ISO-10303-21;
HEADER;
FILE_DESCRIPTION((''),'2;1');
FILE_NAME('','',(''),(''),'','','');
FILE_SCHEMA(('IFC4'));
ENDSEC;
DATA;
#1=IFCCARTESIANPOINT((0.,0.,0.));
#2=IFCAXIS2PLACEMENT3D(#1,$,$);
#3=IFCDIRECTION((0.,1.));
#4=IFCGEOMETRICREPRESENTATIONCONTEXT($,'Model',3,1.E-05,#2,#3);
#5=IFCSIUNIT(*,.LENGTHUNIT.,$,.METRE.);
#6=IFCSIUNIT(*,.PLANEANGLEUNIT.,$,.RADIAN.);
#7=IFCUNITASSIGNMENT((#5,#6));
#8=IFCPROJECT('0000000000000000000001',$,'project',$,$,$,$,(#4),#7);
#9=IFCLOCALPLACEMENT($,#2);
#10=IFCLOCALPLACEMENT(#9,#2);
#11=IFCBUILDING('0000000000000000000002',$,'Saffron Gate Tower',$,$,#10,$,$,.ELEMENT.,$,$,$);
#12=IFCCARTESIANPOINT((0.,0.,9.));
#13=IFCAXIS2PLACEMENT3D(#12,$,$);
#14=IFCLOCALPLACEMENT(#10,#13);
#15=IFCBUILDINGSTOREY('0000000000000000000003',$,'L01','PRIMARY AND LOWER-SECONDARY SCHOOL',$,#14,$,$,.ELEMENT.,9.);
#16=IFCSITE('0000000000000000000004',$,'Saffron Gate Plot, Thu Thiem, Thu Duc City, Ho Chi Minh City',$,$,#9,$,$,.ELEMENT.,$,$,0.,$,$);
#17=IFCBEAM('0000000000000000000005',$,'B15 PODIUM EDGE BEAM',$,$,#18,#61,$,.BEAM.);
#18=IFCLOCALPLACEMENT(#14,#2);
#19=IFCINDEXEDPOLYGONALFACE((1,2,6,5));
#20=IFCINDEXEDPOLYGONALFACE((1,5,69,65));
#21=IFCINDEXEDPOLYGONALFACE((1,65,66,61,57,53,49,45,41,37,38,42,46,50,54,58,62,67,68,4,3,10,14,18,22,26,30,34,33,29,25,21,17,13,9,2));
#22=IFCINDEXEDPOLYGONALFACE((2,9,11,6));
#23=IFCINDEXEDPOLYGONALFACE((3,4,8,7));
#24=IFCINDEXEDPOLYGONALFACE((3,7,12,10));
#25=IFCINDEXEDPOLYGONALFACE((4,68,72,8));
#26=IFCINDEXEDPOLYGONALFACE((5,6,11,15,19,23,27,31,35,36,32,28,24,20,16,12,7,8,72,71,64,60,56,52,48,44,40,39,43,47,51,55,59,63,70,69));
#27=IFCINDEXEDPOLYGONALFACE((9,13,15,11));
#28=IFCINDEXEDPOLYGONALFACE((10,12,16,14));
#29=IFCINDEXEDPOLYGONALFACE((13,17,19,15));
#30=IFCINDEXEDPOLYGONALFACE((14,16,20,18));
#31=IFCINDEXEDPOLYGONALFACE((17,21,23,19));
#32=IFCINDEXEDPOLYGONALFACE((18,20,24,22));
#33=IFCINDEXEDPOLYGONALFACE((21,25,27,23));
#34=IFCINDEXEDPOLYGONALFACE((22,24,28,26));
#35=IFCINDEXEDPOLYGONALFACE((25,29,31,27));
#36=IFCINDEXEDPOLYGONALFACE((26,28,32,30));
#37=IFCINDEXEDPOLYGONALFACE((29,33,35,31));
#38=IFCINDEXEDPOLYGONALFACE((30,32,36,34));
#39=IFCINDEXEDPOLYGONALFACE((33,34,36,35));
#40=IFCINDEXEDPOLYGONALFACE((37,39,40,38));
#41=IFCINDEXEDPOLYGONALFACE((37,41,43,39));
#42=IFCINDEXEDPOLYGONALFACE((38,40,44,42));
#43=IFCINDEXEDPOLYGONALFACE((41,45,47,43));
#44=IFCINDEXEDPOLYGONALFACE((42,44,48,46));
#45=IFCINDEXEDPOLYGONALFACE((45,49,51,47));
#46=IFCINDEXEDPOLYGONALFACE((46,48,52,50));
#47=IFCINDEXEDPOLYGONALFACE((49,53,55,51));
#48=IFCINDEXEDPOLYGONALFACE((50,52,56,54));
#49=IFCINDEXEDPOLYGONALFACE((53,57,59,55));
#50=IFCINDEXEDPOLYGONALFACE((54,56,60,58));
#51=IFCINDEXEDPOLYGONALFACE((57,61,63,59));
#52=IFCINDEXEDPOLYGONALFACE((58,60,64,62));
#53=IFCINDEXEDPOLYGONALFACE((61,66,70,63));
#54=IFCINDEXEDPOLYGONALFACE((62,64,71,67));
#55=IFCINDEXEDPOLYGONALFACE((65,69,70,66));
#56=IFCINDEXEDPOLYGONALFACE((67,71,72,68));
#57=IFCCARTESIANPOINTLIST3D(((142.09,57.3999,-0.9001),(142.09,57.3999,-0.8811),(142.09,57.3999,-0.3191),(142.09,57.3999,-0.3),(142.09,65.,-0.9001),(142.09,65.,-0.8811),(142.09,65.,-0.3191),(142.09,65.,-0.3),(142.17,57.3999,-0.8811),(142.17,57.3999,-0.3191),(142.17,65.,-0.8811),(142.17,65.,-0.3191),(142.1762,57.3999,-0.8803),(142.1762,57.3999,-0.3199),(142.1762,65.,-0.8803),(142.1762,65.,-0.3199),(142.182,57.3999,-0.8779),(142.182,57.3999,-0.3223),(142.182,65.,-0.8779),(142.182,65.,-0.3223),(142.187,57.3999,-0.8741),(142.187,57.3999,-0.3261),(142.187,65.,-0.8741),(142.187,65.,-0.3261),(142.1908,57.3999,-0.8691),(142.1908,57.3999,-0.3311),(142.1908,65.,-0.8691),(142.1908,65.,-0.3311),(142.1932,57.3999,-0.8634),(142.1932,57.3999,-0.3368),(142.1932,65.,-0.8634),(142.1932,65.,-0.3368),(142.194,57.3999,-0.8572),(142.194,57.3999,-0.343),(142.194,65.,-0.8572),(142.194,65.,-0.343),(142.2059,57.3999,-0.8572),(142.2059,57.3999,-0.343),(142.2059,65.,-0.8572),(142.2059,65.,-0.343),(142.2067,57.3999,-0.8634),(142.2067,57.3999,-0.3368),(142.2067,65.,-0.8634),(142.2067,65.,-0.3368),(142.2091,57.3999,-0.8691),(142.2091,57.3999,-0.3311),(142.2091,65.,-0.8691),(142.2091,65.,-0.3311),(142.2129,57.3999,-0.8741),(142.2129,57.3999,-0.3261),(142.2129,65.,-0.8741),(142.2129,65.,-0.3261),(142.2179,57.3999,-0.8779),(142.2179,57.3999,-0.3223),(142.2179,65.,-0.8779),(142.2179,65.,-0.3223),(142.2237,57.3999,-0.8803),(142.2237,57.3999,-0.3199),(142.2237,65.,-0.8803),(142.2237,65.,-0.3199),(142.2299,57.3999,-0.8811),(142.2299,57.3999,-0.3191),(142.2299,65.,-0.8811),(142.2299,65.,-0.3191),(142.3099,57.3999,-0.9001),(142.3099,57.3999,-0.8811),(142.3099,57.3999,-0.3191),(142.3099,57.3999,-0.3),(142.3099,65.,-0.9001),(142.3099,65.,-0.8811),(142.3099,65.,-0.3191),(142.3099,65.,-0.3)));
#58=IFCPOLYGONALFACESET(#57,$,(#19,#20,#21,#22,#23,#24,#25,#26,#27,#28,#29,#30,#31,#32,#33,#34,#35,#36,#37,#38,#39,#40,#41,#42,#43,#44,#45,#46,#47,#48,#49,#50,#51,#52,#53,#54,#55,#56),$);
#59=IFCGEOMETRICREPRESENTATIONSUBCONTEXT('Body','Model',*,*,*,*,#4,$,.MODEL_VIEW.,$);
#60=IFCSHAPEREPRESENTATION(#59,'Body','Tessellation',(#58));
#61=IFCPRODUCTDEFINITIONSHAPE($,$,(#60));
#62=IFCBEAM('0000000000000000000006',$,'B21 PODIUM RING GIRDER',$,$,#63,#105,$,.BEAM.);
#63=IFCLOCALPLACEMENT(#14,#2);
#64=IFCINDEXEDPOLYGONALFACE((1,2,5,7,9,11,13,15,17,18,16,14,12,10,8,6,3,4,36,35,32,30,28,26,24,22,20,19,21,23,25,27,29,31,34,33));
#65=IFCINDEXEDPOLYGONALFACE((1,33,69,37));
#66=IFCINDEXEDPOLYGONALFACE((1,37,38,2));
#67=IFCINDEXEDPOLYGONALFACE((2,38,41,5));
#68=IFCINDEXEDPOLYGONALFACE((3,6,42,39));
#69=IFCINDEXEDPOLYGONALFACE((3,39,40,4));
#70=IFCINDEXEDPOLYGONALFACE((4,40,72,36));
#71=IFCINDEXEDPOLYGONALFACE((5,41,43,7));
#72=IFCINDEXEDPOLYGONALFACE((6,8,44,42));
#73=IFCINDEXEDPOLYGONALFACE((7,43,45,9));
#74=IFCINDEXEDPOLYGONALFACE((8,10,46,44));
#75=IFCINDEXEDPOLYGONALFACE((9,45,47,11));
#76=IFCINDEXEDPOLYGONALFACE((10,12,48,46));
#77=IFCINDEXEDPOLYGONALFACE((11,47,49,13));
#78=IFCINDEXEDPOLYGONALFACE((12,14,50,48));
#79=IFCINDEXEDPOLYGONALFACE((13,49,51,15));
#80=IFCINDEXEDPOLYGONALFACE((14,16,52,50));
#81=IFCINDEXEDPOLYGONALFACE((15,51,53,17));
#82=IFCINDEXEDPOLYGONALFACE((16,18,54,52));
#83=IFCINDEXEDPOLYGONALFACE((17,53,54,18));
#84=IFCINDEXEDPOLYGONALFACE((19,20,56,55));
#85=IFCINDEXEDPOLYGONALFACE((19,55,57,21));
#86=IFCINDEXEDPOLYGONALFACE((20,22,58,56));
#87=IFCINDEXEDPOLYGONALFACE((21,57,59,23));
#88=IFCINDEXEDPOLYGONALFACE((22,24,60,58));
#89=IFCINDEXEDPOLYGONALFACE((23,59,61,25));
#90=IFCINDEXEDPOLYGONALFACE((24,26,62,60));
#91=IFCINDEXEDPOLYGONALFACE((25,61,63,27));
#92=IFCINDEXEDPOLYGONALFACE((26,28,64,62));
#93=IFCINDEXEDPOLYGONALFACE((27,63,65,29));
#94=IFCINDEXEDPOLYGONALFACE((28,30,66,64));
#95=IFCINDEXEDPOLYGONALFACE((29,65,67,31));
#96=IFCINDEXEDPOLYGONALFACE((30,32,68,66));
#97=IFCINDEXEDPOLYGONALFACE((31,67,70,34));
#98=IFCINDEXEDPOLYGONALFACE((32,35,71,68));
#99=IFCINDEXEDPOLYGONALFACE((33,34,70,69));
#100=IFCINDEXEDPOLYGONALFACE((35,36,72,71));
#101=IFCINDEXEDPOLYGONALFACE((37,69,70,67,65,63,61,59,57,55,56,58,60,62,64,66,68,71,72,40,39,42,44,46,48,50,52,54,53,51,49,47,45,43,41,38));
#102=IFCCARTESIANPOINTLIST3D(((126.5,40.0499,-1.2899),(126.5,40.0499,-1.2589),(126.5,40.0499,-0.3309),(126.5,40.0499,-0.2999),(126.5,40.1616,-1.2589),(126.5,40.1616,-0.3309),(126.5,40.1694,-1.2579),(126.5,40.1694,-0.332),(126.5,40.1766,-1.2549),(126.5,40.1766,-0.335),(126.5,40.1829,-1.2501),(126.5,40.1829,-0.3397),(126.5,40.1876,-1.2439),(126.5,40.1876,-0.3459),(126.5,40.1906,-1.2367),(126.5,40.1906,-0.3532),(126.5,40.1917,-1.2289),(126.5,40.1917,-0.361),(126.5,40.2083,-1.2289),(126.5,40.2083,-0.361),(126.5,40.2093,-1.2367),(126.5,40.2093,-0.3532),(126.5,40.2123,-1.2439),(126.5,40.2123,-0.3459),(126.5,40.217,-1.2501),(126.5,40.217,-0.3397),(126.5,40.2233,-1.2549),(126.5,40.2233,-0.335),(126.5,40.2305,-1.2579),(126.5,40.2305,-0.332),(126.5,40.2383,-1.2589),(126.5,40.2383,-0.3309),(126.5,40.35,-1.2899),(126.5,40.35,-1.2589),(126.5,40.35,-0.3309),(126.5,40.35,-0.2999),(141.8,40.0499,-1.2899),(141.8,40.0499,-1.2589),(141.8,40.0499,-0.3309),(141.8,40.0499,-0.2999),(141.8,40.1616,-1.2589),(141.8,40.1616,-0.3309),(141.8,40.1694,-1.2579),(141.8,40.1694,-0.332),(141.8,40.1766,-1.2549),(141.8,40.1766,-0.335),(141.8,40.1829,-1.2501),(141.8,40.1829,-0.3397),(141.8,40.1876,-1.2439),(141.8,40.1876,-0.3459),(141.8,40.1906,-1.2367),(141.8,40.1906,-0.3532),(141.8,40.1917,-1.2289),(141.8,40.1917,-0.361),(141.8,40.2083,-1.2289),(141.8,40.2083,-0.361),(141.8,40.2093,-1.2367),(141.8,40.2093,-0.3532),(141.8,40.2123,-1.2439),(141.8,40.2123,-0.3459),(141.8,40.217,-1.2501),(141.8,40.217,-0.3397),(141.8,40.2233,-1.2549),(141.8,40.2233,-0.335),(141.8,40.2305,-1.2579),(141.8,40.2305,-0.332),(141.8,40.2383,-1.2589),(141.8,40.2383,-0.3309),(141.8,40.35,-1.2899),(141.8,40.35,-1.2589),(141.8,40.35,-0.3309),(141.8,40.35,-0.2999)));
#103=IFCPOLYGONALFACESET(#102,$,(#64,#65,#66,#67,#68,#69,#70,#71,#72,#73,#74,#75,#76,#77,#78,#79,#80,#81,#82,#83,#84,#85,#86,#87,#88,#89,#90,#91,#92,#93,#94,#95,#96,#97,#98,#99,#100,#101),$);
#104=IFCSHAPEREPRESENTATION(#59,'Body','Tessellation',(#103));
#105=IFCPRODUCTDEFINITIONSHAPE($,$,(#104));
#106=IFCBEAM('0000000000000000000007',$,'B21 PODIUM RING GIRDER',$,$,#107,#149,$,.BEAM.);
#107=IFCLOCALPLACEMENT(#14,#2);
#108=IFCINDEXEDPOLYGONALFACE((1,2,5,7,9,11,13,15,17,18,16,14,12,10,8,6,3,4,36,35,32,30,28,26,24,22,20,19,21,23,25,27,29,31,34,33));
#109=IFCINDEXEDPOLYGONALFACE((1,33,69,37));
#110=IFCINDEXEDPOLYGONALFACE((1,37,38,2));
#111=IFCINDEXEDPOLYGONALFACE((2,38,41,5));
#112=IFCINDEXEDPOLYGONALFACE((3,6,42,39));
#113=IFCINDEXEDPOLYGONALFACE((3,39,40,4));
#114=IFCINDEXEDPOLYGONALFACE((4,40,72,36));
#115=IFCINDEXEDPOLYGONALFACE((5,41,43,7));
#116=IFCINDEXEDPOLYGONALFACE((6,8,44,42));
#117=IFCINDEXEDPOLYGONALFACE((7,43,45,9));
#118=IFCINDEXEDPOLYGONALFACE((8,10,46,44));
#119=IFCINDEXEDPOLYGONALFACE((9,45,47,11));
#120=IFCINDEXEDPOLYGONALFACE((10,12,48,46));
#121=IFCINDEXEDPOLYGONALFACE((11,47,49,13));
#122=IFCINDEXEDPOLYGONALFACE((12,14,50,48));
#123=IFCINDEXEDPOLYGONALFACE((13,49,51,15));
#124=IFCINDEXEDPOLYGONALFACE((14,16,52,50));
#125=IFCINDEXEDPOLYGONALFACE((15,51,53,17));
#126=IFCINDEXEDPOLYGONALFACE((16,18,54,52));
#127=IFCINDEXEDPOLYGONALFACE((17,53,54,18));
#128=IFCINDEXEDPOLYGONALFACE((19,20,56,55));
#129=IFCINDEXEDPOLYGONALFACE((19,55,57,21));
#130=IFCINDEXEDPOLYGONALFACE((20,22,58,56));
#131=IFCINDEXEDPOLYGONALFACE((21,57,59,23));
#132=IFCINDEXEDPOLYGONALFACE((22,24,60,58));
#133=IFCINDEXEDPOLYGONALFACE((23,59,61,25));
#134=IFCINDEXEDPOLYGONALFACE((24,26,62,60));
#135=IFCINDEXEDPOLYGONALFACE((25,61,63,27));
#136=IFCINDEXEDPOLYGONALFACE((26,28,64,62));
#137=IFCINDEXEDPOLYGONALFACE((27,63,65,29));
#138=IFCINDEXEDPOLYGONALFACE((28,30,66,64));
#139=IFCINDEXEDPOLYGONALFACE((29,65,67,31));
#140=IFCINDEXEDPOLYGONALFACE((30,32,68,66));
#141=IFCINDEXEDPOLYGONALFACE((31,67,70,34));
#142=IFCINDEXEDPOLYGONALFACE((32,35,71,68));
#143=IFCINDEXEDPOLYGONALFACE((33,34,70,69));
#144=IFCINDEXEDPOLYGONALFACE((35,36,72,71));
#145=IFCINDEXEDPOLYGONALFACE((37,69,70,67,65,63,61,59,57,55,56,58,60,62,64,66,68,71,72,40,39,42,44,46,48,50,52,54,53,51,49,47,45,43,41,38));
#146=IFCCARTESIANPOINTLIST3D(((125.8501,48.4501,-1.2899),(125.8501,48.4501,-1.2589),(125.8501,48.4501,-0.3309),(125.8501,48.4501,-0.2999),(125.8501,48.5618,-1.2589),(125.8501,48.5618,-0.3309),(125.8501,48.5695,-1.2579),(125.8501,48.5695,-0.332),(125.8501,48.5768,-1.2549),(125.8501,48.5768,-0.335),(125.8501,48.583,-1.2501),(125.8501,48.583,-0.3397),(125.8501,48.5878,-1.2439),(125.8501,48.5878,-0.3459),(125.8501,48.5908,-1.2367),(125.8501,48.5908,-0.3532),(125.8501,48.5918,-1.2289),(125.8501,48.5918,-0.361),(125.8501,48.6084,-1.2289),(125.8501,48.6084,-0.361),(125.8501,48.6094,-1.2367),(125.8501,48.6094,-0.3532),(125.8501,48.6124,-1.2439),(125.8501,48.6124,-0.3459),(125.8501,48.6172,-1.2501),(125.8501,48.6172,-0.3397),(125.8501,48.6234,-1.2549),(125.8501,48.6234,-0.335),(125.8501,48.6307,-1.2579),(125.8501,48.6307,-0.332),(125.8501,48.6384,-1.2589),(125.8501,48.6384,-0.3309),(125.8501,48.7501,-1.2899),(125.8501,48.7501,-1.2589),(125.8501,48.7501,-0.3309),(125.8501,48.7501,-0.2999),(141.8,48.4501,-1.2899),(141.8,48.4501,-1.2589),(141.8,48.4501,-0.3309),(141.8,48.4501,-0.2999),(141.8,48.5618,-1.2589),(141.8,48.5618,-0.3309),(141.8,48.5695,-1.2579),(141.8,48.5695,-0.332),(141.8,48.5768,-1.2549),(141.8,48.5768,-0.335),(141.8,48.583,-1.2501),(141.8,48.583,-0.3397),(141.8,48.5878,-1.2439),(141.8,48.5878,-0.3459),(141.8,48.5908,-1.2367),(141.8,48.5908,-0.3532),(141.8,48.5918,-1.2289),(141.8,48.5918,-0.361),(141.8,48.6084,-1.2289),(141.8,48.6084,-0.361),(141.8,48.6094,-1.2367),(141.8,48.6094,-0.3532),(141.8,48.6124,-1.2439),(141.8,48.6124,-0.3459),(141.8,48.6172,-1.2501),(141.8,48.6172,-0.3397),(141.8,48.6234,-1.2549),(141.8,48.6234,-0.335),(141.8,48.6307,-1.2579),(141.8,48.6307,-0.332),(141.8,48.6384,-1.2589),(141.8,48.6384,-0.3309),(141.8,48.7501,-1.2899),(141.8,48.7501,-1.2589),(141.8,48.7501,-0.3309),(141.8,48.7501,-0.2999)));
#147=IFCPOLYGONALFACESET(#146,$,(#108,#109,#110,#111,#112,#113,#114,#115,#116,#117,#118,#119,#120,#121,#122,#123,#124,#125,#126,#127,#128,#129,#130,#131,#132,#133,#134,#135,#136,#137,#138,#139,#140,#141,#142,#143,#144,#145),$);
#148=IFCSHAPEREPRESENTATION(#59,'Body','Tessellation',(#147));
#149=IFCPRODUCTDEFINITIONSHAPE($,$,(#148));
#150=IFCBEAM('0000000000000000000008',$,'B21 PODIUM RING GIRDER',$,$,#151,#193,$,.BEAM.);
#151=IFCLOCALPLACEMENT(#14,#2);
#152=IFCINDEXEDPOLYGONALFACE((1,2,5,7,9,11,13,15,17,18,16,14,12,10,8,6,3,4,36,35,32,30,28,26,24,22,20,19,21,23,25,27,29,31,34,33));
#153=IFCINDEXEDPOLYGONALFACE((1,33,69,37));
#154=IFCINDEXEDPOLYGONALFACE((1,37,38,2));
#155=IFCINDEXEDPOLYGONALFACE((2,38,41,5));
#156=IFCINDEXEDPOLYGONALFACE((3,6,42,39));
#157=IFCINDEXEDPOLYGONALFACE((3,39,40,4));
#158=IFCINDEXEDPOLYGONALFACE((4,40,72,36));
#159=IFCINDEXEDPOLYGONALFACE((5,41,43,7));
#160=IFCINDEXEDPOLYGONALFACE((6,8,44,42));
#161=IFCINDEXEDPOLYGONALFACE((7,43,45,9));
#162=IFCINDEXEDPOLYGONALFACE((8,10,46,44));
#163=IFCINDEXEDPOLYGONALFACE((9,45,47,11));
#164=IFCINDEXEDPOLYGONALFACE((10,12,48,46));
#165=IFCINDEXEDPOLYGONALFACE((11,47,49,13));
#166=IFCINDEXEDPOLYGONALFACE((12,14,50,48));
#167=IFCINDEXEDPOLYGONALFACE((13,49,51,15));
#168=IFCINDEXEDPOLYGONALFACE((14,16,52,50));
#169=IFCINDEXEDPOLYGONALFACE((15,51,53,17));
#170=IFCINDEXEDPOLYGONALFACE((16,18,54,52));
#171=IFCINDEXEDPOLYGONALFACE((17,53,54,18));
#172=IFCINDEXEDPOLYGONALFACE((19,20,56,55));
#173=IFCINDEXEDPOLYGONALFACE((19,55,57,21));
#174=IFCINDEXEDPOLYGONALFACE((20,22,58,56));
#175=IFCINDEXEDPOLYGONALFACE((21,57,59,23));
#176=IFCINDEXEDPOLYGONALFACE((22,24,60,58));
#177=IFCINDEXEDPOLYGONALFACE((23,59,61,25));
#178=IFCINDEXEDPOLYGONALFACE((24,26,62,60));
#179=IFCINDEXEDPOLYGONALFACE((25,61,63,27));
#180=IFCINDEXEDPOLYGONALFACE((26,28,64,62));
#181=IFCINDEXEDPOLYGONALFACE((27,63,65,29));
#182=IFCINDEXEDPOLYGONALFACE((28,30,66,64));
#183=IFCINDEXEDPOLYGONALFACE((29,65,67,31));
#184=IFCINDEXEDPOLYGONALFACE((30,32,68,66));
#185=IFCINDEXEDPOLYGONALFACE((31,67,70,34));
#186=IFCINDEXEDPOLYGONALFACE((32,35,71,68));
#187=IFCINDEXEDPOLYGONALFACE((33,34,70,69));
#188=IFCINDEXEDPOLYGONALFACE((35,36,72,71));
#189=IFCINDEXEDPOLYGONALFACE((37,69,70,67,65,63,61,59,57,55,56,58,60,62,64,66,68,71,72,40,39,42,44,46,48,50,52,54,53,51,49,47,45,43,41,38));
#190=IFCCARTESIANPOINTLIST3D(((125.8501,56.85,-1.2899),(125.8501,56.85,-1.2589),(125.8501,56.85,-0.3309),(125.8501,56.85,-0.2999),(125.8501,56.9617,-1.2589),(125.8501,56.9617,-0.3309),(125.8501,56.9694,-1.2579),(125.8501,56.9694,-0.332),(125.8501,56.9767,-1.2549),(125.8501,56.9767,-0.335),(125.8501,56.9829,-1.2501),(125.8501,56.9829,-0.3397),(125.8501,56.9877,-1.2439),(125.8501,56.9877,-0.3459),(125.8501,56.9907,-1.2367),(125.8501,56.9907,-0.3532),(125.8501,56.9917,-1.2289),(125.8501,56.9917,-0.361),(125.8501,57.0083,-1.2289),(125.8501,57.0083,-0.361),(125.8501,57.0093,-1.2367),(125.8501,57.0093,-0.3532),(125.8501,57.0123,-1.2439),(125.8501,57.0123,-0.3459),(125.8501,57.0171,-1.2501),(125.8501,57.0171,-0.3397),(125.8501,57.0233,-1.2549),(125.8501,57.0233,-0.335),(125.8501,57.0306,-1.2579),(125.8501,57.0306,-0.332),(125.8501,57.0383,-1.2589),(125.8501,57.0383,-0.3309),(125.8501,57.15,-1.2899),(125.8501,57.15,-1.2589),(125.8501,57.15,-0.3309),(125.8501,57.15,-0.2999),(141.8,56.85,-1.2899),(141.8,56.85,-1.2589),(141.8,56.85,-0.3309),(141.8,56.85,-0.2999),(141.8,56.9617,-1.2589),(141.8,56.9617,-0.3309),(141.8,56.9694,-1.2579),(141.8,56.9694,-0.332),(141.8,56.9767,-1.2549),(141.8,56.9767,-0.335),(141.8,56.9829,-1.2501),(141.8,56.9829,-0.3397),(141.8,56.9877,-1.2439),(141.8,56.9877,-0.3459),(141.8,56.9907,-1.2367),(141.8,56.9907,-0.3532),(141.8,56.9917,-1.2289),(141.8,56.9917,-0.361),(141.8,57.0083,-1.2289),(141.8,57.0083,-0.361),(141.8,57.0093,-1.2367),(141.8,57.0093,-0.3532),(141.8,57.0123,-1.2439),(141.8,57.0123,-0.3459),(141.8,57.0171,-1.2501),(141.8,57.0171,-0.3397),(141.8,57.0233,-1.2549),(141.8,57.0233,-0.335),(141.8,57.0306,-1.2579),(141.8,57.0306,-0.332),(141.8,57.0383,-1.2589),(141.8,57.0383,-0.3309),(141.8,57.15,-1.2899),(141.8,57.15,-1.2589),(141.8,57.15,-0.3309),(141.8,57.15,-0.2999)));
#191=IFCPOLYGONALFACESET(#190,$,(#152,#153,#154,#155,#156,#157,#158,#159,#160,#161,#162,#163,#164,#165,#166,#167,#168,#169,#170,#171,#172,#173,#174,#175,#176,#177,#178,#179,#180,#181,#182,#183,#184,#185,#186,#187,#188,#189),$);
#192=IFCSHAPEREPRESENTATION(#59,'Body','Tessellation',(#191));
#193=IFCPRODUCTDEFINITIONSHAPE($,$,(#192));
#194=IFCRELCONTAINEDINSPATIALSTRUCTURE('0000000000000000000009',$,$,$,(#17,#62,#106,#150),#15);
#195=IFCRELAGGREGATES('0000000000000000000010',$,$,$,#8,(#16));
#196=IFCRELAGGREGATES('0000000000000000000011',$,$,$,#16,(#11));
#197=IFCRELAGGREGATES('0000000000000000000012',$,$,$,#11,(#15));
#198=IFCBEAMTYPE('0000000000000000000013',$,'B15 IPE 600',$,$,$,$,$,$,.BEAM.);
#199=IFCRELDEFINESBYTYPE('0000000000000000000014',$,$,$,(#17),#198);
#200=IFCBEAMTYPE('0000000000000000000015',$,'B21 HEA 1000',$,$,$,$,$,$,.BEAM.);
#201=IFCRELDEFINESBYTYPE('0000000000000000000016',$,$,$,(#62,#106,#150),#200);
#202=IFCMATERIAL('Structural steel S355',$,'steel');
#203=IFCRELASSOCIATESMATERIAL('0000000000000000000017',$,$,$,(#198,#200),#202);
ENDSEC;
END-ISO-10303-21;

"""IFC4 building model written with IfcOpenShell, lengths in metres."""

from ifc_helpers import new_model, si_unit, direction, frame, origin, origin_2d, place, context, subcontext, project, spatial, i_section, extrude, material, material_profile, profile_set, type_object, element, save


model = new_model("IFC4")

# Units and contexts
model_context = context("Model", 3, precision=1e-05, world=origin(), true_north=direction((0.0, 1.0)))
body_context = subcontext(model_context, "Body", "Model", "MODEL_VIEW")
ifc_project = project(units=[si_unit("LENGTHUNIT", "METRE"), si_unit("PLANEANGLEUNIT", "RADIAN")], contexts=[model_context])

# Site, building, storey
site_placement = place(None, origin())
site = spatial("IfcSite", under=ifc_project, at=site_placement, Name="Saffron Gate Plot, Thu Thiem, Thu Duc City, Ho Chi Minh City", CompositionType="ELEMENT", RefElevation=0.0)
building_placement = place(site_placement, origin())
building = spatial("IfcBuilding", under=site, at=building_placement, Name="Saffron Gate Tower", CompositionType="ELEMENT")
storey_placement = place(building_placement, frame((0.0, 0.0, 9.0)))
storey = spatial("IfcBuildingStorey", under=building, at=storey_placement, Name="L01", Description="PRIMARY AND LOWER-SECONDARY SCHOOL", CompositionType="ELEMENT", Elevation=9.0)

# Beams
ifc_material_1 = material(Name="Structural steel S355", Category="steel")
ifc_material_profile_1 = material_profile(ifc_material_1, i_section(OverallWidth=0.22, OverallDepth=0.6001, WebThickness=0.012, FlangeThickness=0.019, FilletRadius=0.0239, at=origin_2d()))
ifc_profile_set_1 = profile_set([ifc_material_profile_1], Name="Structural steel S355")
beam_type_1 = type_object("IfcBeamType", Name="B15 IPE 600", PredefinedType="BEAM", material=ifc_profile_set_1)
for number, where, z_axis, x_axis, name in (
    (1, (142.2, 57.3999, -0.6001), (0.0, 1.0, 0.0), (-1.0, 0.0, 0.0), "B15 PODIUM EDGE BEAM"),
):
    element("IfcBeam", number, at=place(storey_placement, frame(where, z_axis=z_axis, x_axis=x_axis)), inside=storey, type_object=beam_type_1, Name=name, PredefinedType="BEAM", context=body_context, shape_type="SweptSolid", body=[
        extrude(i_section(OverallWidth=0.22, OverallDepth=0.6001, WebThickness=0.012, FlangeThickness=0.019, FilletRadius=0.0239, at=origin_2d()), origin(), (0.0, 0.0, 1.0), 7.6001),
    ])
ifc_material_profile_2 = material_profile(ifc_material_1, i_section(OverallWidth=0.3, OverallDepth=0.99, WebThickness=0.0166, FlangeThickness=0.031, FilletRadius=0.03, at=origin_2d()))
ifc_profile_set_2 = profile_set([ifc_material_profile_2], Name="Structural steel S355")
beam_type_2 = type_object("IfcBeamType", Name="B21 HEA 1000", PredefinedType="BEAM", material=ifc_profile_set_2)
beam_1_placement = place(storey_placement, frame((141.8, 40.2, -0.7949), z_axis=(-1.0, 0.0, 0.0), x_axis=(0.0, -1.0, 0.0)))
element("IfcBeam", 2, at=beam_1_placement, inside=storey, type_object=beam_type_2, Name="B21 PODIUM RING GIRDER", PredefinedType="BEAM", context=body_context, shape_type="SweptSolid", body=[
    extrude(i_section(OverallWidth=0.3, OverallDepth=0.99, WebThickness=0.0166, FlangeThickness=0.031, FilletRadius=0.03, at=origin_2d()), origin(), (0.0, 0.0, 1.0), 15.3),
])
for number, where, z_axis, x_axis, name in (
    (3, (141.8, 48.6001, -0.7949), (-1.0, 0.0, 0.0), (0.0, -1.0, 0.0), "B21 PODIUM RING GIRDER"),
    (4, (141.8, 57.0, -0.7949), (-1.0, 0.0, 0.0), (0.0, -1.0, 0.0), "B21 PODIUM RING GIRDER"),
):
    element("IfcBeam", number, at=place(storey_placement, frame(where, z_axis=z_axis, x_axis=x_axis)), inside=storey, type_object=beam_type_2, Name=name, PredefinedType="BEAM", context=body_context, shape_type="SweptSolid", body=[
        extrude(i_section(OverallWidth=0.3, OverallDepth=0.99, WebThickness=0.0166, FlangeThickness=0.031, FilletRadius=0.03, at=origin_2d()), origin(), (0.0, 0.0, 1.0), 15.95),
    ])

save(model, "model.ifc")
